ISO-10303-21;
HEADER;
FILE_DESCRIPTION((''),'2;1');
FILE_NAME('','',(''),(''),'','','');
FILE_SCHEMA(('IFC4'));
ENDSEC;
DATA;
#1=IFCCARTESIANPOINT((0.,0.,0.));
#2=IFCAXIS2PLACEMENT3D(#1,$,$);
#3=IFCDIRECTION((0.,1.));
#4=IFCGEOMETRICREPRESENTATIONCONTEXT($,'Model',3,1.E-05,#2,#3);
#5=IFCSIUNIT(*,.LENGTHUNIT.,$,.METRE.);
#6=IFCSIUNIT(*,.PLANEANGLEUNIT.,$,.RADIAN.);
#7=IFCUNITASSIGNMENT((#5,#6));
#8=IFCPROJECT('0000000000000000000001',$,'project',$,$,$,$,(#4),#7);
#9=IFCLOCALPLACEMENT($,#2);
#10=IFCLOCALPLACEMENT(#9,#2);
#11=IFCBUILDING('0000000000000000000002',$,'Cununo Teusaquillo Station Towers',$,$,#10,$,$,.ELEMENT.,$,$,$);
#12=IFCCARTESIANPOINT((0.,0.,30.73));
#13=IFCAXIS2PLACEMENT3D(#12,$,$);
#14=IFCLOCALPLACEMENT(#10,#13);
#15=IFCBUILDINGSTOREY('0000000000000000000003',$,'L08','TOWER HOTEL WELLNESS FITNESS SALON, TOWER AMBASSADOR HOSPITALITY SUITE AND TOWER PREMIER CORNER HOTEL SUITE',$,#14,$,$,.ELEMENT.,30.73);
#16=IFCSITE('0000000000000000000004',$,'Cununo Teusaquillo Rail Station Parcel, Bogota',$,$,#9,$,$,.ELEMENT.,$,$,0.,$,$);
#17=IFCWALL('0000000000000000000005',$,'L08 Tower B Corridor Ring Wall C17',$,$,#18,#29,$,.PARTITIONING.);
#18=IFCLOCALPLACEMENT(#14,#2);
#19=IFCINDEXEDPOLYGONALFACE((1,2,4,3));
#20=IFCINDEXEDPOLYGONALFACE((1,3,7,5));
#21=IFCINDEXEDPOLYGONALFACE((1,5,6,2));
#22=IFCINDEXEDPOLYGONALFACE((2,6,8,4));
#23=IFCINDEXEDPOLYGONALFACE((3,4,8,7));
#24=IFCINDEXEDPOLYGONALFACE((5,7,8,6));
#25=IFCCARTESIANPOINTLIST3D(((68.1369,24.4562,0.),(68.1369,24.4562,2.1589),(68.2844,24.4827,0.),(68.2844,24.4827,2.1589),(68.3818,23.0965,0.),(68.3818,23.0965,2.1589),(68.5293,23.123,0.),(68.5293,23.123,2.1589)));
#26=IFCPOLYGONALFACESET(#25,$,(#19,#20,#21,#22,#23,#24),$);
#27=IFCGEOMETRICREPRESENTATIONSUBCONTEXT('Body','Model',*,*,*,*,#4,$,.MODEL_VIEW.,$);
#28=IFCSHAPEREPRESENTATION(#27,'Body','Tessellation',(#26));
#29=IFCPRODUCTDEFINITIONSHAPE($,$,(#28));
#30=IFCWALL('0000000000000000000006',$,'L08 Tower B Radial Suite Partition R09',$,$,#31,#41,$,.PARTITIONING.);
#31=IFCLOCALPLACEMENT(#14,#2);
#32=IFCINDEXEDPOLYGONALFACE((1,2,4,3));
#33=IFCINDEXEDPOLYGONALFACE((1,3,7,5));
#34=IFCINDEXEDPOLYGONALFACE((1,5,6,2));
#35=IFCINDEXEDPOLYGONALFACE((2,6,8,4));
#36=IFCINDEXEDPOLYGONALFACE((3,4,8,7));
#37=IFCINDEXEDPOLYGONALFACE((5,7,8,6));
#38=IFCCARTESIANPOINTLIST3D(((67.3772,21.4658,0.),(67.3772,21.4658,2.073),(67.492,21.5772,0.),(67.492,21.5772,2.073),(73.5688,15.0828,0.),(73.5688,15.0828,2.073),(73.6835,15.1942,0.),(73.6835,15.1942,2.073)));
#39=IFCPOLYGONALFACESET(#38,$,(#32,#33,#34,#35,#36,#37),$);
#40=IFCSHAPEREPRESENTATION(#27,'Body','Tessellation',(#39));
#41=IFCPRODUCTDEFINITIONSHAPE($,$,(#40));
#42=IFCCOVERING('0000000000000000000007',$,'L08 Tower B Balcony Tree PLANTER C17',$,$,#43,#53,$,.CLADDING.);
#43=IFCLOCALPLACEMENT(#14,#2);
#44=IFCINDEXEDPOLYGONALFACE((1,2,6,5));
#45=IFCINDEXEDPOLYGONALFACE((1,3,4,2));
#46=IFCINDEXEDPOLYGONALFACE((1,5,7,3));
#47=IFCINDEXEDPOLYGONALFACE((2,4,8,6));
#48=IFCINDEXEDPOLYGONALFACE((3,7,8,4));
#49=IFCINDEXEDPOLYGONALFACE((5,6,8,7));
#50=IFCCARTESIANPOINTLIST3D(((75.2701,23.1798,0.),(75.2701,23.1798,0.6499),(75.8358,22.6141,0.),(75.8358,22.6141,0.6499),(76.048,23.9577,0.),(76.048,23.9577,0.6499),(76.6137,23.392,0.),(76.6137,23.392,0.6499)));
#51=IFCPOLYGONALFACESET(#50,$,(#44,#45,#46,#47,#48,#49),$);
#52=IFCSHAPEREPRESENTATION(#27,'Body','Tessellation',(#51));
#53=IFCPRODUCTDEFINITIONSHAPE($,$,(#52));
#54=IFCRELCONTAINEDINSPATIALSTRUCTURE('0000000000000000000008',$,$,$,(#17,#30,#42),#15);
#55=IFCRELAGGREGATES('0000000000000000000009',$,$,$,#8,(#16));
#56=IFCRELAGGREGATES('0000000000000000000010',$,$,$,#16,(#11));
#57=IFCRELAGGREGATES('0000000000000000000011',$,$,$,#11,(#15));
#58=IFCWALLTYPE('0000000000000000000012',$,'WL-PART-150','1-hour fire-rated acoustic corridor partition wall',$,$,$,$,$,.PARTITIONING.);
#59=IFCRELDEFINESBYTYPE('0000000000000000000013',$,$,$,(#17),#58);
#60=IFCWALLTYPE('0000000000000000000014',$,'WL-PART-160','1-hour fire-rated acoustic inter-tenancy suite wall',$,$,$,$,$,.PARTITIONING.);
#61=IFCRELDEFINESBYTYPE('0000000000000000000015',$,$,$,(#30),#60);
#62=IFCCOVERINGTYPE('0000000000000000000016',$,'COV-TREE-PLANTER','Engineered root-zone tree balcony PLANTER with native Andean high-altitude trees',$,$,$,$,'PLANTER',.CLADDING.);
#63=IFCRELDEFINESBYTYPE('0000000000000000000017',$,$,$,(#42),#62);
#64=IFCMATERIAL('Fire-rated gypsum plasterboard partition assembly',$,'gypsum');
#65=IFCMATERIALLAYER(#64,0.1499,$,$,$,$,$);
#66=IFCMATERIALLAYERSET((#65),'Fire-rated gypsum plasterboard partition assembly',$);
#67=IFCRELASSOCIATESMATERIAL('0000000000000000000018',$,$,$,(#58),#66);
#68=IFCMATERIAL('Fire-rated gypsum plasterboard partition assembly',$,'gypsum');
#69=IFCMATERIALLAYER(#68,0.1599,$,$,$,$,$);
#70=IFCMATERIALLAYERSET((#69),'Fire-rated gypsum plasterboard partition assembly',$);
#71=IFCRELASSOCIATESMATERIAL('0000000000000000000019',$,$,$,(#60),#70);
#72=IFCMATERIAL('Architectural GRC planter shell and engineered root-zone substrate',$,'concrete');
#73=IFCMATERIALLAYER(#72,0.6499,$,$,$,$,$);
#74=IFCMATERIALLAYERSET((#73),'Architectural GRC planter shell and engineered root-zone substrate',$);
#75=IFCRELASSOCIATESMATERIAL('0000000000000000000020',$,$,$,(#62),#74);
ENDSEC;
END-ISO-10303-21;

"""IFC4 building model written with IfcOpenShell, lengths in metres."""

from ifc_helpers import new_model, si_unit, direction, frame, frame_2d, origin, origin_2d, place, context, subcontext, project, spatial, rectangle, extrude, source, transform, mapped, material, layer, layer_set, type_object, element, save


model = new_model("IFC4")

# Units and contexts
model_context = context("Model", 3, precision=1e-05, world=origin(), true_north=direction((0.0, 1.0)))
body_context = subcontext(model_context, "Body", "Model", "MODEL_VIEW")
ifc_project = project(units=[si_unit("LENGTHUNIT", "METRE"), si_unit("PLANEANGLEUNIT", "RADIAN")], contexts=[model_context])

# Site, building, storey
site_placement = place(None, origin())
site = spatial("IfcSite", under=ifc_project, at=site_placement, Name="Cununo Teusaquillo Rail Station Parcel, Bogota", CompositionType="ELEMENT", RefElevation=0.0)
building_placement = place(site_placement, origin())
building = spatial("IfcBuilding", under=site, at=building_placement, Name="Cununo Teusaquillo Station Towers", CompositionType="ELEMENT")
storey_placement = place(building_placement, frame((0.0, 0.0, 30.73)))
storey = spatial("IfcBuildingStorey", under=building, at=storey_placement, Name="L08", Description="TOWER HOTEL WELLNESS FITNESS SALON, TOWER AMBASSADOR HOSPITALITY SUITE AND TOWER PREMIER CORNER HOTEL SUITE", CompositionType="ELEMENT", Elevation=30.73)

# Shared definitions
ifc_material_1 = material(Name="Fire-rated gypsum plasterboard partition assembly", Category="gypsum")
ifc_layer_1 = layer(ifc_material_1, 0.1499)
ifc_layer_set_1 = layer_set([ifc_layer_1], Name="Fire-rated gypsum plasterboard partition assembly")
wall_type_1 = type_object("IfcWallType", Name="WL-PART-150", Description="1-hour fire-rated acoustic corridor partition wall", PredefinedType="PARTITIONING", material=ifc_layer_set_1)

# Walls
wall_1_placement = place(storey_placement, frame((68.4556, 23.1096, 0.0), z_axis=(0.0, 0.0, 1.0), x_axis=(-0.177252, 0.984165, 0.0)))
element("IfcWall", 1, at=wall_1_placement, inside=storey, type_object=wall_type_1, Name="L08 Tower B Corridor Ring Wall C17", PredefinedType="PARTITIONING", context=body_context, shape_type="SweptSolid", body=[
    extrude(rectangle(XDim=1.3816, YDim=0.1499, at=frame_2d((0.6909, 0.0))), origin(), (0.0, 0.0, 1.0), 2.1589),
])
ifc_material_2 = material(Name="Fire-rated gypsum plasterboard partition assembly", Category="gypsum")
ifc_layer_2 = layer(ifc_material_2, 0.1599)
ifc_layer_set_2 = layer_set([ifc_layer_2], Name="Fire-rated gypsum plasterboard partition assembly")
wall_type_2 = type_object("IfcWallType", Name="WL-PART-160", Description="1-hour fire-rated acoustic inter-tenancy suite wall", PredefinedType="PARTITIONING", material=ifc_layer_set_2)
wall_2_placement = place(storey_placement, frame((67.4346, 21.5215, 0.0), z_axis=(0.0, 0.0, 1.0), x_axis=(0.696263, -0.717787, 0.0)))
element("IfcWall", 2, at=wall_2_placement, inside=storey, type_object=wall_type_2, Name="L08 Tower B Radial Suite Partition R09", PredefinedType="PARTITIONING", context=body_context, shape_type="SweptSolid", body=[
    extrude(rectangle(XDim=8.8926, YDim=0.1599, at=frame_2d((4.4463, 0.0))), origin(), (0.0, 0.0, 1.0), 2.073),
])

# Covering
ifc_material_3 = material(Name="Architectural GRC planter shell and engineered root-zone substrate", Category="concrete")
ifc_layer_3 = layer(ifc_material_3, 0.6499)
ifc_layer_set_3 = layer_set([ifc_layer_3], Name="Architectural GRC planter shell and engineered root-zone substrate")
covering_type = type_object("IfcCoveringType", Name="COV-TREE-PLANTER", Description="Engineered root-zone tree balcony PLANTER with native Andean high-altitude trees", ElementType="PLANTER", PredefinedType="CLADDING", material=ifc_layer_set_3)
shared_shape_1 = source(origin(), body_context, "Body", "SweptSolid", [
    extrude(rectangle(XDim=1.1001, YDim=0.8, at=origin_2d()), origin(), (0.0, 0.0, 1.0), 0.6499),
])
covering_placement = place(storey_placement, frame((75.9419, 23.2859, 0.0), z_axis=(0.0, 0.0, 1.0), x_axis=(0.707107, 0.707107, 0.0)))
element("IfcCovering", 3, at=covering_placement, inside=storey, type_object=covering_type, Name="L08 Tower B Balcony Tree PLANTER C17", PredefinedType="CLADDING", context=body_context, shape_type="MappedRepresentation", body=[
    mapped(shared_shape_1, transform((0.0, 0.0, 0.0), x_axis=(1.0, 0.0, 0.0), y_axis=(0.0, 1.0, 0.0), z_axis=(0.0, 0.0, 1.0), scale=1.0)),
])

save(model, "model.ifc")
